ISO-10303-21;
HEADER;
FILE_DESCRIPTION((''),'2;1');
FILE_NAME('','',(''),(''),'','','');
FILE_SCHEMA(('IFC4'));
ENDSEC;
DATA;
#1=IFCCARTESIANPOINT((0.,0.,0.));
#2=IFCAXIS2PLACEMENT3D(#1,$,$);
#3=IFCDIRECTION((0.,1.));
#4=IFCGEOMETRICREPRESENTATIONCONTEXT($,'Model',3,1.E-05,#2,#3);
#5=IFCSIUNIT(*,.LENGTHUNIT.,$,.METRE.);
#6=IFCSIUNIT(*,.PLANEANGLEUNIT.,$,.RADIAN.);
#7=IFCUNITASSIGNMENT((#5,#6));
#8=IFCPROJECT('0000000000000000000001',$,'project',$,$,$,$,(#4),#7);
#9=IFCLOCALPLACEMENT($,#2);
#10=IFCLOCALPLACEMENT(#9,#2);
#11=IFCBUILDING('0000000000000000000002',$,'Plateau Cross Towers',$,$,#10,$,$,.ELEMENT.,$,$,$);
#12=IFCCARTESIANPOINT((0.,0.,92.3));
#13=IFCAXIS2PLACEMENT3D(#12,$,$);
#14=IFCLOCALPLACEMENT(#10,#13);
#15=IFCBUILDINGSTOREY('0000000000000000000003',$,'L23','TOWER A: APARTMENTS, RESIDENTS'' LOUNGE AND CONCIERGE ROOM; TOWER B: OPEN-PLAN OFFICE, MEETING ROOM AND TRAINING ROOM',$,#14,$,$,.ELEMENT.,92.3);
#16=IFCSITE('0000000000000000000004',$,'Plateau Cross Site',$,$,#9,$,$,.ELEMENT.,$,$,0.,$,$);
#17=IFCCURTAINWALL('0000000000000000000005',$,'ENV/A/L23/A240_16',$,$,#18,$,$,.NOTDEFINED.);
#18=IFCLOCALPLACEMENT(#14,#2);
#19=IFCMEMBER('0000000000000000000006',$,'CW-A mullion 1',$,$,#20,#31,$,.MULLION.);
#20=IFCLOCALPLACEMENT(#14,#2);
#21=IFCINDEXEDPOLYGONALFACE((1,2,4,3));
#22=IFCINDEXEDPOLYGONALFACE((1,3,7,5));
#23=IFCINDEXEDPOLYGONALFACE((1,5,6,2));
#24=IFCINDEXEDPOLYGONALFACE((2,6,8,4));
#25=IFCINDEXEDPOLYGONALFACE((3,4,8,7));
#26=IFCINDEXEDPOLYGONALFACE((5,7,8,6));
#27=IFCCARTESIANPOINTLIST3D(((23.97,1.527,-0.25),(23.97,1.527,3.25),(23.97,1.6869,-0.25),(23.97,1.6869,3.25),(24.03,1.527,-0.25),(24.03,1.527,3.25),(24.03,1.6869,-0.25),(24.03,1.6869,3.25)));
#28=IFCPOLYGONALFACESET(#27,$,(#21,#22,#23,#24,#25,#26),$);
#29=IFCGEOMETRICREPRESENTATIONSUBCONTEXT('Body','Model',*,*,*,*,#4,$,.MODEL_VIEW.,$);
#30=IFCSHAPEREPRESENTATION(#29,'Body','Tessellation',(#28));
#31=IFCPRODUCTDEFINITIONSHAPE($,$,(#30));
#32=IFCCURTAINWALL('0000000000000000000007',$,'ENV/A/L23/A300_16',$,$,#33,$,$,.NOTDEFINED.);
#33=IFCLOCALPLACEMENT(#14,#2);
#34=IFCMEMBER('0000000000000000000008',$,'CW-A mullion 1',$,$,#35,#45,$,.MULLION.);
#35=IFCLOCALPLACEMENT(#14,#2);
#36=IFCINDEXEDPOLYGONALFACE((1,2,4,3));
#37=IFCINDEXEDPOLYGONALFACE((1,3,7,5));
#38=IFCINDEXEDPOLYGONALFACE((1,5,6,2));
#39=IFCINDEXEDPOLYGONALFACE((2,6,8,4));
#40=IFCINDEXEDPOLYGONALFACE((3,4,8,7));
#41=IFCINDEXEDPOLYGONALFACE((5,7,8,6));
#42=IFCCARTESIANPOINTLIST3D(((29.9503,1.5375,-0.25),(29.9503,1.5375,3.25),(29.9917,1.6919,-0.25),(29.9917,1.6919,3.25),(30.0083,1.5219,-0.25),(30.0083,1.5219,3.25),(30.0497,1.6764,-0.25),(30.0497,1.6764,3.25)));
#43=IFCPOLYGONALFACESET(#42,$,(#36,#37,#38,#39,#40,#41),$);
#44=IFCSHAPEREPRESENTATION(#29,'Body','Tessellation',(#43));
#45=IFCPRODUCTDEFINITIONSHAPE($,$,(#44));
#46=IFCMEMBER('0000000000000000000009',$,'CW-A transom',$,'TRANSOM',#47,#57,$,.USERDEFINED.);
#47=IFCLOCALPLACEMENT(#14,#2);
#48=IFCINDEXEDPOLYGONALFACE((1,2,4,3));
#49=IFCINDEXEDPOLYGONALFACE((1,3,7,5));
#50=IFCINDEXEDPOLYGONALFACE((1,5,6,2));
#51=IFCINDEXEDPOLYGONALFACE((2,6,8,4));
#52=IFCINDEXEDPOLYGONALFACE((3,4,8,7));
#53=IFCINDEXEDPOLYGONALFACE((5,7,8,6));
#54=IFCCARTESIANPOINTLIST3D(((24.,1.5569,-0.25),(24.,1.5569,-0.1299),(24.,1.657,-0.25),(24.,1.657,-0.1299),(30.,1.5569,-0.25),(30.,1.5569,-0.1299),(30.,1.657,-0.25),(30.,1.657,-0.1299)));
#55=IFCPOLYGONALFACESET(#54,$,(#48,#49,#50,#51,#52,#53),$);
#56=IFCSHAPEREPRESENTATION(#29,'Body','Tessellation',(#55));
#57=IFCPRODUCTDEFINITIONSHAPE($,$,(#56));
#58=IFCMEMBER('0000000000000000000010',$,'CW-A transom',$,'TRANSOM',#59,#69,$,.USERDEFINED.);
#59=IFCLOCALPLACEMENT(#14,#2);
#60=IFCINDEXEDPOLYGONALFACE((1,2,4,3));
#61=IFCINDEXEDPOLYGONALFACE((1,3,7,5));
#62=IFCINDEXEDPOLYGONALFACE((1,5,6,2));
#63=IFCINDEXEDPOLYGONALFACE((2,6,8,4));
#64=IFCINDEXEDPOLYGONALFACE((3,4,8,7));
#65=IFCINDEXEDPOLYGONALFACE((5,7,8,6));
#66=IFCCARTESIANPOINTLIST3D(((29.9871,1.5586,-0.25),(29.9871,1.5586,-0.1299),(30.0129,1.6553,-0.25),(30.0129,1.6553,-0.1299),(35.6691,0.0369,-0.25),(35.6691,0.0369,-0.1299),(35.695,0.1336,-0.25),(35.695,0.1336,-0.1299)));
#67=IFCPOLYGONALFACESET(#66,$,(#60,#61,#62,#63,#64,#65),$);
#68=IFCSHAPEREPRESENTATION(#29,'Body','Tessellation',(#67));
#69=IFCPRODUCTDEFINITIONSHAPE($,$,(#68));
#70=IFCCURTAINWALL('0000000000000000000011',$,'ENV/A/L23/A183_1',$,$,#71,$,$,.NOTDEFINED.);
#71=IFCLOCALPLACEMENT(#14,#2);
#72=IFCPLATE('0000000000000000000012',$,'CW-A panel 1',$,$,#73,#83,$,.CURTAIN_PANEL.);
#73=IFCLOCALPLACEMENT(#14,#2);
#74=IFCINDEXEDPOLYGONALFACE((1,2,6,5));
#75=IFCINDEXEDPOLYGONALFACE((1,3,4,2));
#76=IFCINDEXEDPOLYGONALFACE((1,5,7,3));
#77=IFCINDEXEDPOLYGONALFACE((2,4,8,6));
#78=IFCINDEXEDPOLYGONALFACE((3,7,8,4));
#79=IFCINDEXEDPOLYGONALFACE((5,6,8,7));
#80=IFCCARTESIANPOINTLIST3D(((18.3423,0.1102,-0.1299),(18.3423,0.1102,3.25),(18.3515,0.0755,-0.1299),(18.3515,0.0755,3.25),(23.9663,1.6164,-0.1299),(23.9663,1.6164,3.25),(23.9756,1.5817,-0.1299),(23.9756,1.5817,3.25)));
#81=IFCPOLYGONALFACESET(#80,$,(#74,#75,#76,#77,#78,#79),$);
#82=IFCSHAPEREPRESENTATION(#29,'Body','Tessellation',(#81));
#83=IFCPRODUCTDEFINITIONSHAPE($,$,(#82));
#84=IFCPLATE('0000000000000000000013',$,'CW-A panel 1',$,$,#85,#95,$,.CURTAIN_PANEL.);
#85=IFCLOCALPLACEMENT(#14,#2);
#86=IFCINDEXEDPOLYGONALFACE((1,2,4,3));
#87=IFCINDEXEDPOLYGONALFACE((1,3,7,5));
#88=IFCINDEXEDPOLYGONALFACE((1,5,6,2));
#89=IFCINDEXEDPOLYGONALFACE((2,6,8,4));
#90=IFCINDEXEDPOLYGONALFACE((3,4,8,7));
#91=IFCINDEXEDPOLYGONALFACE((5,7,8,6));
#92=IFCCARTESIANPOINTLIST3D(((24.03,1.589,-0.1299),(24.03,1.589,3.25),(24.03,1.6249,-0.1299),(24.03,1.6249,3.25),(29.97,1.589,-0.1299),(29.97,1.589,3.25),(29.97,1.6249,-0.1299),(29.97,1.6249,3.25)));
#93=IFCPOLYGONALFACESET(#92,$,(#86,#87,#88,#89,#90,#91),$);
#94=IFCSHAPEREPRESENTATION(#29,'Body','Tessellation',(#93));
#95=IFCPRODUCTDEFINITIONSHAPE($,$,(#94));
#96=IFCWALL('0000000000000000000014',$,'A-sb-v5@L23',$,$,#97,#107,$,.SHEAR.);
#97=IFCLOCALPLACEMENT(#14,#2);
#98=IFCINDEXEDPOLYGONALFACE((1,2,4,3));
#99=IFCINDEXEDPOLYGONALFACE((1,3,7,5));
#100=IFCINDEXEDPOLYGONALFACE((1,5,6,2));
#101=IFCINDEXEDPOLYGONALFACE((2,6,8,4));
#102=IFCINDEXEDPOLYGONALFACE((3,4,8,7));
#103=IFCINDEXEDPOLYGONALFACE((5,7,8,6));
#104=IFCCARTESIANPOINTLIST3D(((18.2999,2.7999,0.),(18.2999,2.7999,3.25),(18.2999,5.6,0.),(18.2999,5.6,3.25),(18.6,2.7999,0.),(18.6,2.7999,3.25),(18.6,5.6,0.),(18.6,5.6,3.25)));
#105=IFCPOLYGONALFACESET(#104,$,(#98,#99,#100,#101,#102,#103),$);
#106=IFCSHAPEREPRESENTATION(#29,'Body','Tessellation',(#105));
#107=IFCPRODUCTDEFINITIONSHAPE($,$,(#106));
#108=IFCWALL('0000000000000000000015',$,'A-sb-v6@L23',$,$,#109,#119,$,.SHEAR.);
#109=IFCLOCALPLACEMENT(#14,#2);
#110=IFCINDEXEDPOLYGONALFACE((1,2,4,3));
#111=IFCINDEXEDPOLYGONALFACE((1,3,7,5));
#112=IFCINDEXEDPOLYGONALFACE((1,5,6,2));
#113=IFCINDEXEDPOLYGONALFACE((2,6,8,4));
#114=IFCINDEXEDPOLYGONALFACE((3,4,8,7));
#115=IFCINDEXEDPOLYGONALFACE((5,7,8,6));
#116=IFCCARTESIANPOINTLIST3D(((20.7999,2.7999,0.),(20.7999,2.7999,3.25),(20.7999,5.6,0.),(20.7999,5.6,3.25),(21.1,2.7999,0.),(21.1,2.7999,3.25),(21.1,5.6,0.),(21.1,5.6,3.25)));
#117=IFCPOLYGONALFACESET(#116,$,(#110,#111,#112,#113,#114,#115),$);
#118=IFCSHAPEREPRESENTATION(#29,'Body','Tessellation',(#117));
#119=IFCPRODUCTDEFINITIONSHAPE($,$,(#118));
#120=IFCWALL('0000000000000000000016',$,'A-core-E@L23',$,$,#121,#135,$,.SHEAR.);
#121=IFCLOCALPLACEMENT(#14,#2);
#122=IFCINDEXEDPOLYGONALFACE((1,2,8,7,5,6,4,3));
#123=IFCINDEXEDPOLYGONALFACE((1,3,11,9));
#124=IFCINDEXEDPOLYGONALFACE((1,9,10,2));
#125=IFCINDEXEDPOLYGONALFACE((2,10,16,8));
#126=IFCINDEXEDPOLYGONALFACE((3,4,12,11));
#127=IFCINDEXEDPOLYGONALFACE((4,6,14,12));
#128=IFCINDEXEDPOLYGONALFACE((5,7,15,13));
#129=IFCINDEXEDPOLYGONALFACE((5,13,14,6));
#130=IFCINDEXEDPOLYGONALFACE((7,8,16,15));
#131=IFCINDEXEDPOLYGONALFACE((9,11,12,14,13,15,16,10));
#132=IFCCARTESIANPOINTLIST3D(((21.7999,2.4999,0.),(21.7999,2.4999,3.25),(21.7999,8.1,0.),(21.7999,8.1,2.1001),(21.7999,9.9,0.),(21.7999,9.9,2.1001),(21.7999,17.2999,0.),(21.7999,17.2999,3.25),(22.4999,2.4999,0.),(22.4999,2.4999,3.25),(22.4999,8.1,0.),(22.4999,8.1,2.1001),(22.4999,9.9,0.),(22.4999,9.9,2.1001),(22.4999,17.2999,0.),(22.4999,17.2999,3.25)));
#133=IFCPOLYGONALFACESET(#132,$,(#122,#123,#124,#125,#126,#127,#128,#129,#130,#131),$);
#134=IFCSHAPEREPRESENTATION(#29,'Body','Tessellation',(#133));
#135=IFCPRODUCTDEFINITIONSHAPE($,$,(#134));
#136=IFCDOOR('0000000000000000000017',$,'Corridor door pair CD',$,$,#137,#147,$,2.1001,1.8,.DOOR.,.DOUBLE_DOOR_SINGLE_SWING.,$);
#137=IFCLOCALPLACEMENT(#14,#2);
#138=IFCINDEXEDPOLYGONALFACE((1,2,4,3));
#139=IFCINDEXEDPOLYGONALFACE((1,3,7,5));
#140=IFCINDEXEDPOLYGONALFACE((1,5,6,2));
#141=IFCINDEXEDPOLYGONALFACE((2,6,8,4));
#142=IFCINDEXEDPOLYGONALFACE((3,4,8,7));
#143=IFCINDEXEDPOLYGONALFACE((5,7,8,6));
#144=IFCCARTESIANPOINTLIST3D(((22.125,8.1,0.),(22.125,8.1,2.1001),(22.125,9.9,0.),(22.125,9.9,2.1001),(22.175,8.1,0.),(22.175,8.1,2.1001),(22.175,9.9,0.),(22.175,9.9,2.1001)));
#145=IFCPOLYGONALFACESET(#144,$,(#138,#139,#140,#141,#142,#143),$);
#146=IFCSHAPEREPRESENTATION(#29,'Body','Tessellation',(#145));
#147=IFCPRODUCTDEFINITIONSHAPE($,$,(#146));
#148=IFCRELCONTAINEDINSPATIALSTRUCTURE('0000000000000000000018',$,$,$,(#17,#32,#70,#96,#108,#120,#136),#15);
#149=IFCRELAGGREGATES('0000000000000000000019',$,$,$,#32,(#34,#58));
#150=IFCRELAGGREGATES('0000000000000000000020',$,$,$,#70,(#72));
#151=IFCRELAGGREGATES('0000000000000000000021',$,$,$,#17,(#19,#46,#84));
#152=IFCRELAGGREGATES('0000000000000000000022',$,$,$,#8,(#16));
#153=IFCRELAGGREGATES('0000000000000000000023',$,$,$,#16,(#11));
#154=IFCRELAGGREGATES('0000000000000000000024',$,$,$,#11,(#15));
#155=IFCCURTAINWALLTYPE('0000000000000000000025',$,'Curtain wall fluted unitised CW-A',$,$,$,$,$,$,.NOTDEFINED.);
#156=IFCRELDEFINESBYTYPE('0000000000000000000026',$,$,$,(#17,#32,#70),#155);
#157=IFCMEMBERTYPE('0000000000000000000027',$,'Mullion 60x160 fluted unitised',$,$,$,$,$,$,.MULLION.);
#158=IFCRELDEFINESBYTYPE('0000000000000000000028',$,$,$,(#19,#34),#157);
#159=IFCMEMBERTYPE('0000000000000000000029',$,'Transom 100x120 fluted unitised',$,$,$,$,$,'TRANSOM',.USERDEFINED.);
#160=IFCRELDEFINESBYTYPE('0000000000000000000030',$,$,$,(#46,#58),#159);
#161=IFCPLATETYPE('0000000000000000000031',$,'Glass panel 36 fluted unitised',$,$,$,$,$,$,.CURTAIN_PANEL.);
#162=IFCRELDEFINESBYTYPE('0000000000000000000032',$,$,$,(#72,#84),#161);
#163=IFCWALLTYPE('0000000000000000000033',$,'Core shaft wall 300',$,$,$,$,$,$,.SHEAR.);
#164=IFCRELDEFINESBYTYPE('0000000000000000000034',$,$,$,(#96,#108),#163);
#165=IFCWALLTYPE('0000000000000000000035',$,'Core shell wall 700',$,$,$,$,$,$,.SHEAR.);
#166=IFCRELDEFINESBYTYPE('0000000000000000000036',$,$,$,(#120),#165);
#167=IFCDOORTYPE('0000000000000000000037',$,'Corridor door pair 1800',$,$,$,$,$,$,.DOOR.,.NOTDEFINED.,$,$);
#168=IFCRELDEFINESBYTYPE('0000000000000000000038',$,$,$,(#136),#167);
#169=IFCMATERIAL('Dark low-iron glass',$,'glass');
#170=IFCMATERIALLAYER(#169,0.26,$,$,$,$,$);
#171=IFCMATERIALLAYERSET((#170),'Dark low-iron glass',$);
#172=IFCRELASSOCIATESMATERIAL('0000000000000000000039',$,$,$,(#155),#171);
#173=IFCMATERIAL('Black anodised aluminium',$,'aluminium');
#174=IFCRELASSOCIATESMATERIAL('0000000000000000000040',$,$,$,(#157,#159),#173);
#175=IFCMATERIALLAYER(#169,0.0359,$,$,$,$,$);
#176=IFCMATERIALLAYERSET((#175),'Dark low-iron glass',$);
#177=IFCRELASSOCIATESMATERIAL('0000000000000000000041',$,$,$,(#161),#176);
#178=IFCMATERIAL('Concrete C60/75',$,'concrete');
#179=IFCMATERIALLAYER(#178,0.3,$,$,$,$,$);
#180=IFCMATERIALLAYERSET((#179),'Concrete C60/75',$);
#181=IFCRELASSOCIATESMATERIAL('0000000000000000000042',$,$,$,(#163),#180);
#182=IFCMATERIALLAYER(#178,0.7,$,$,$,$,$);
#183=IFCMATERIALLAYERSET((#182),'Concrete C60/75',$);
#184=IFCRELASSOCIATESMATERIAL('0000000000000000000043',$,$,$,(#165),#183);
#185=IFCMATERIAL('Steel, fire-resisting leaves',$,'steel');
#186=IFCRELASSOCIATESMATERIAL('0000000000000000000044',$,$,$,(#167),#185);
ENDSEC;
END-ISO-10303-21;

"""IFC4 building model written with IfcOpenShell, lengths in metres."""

from ifc_helpers import new_model, si_unit, direction, frame, frame_2d, origin, origin_2d, place, context, subcontext, project, spatial, rectangle, extrude, material, layer, layer_set, material_profile, profile_set, type_object, element, fill, aggregate, save


model = new_model("IFC4")

# Units and contexts
model_context = context("Model", 3, precision=1e-05, world=origin(), true_north=direction((0.0, 1.0)))
body_context = subcontext(model_context, "Body", "Model", "MODEL_VIEW")
ifc_project = project(units=[si_unit("LENGTHUNIT", "METRE"), si_unit("PLANEANGLEUNIT", "RADIAN")], contexts=[model_context])

# Site, building, storey
site_placement = place(None, origin())
site = spatial("IfcSite", under=ifc_project, at=site_placement, Name="Plateau Cross Site", CompositionType="ELEMENT", RefElevation=0.0)
building_placement = place(site_placement, origin())
building = spatial("IfcBuilding", under=site, at=building_placement, Name="Plateau Cross Towers", CompositionType="ELEMENT")
storey_placement = place(building_placement, frame((0.0, 0.0, 92.3)))
storey = spatial("IfcBuildingStorey", under=building, at=storey_placement, Name="L23", Description="TOWER A: APARTMENTS, RESIDENTS' LOUNGE AND CONCIERGE ROOM; TOWER B: OPEN-PLAN OFFICE, MEETING ROOM AND TRAINING ROOM", CompositionType="ELEMENT", Elevation=92.3)

# Curtain walls, members
ifc_material_1 = material(Name="Dark low-iron glass", Category="glass")
ifc_layer_1 = layer(ifc_material_1, 0.26)
ifc_layer_set_1 = layer_set([ifc_layer_1], Name="Dark low-iron glass")
curtain_wall_type = type_object("IfcCurtainWallType", Name="Curtain wall fluted unitised CW-A", PredefinedType="NOTDEFINED", material=ifc_layer_set_1)
curtain_wall_1_placement = place(storey_placement, origin())
curtain_wall_1 = element("IfcCurtainWall", 1, at=curtain_wall_1_placement, inside=storey, type_object=curtain_wall_type, Name="ENV/A/L23/A240_16", PredefinedType="NOTDEFINED")
ifc_material_2 = material(Name="Black anodised aluminium", Category="aluminium")
ifc_material_profile_1 = material_profile(ifc_material_2, rectangle(XDim=0.0601, YDim=0.1599, at=origin_2d()), Name="MULLION 60x160")
ifc_profile_set_1 = profile_set([ifc_material_profile_1], Name="Black anodised aluminium")
member_type_1 = type_object("IfcMemberType", Name="Mullion 60x160 fluted unitised", PredefinedType="MULLION", material=ifc_profile_set_1)
member_1_placement = place(storey_placement, frame((24.0, 1.6069, -0.25), z_axis=(0.0, 0.0, 1.0), x_axis=(1.0, 0.0, 0.0)))
member_1 = element("IfcMember", 2, at=member_1_placement, type_object=member_type_1, Name="CW-A mullion 1", PredefinedType="MULLION", context=body_context, shape_type="SweptSolid", body=[
    extrude(rectangle(XDim=0.0601, YDim=0.1599, at=origin_2d()), origin(), (0.0, 0.0, 1.0), 3.5),
])
curtain_wall_2_placement = place(storey_placement, origin())
curtain_wall_2 = element("IfcCurtainWall", 3, at=curtain_wall_2_placement, inside=storey, type_object=curtain_wall_type, Name="ENV/A/L23/A300_16", PredefinedType="NOTDEFINED")
member_2_placement = place(storey_placement, frame((30.0, 1.6069, -0.25), z_axis=(0.0, 0.0, 1.0), x_axis=(0.965958, -0.258699, 0.0)))
member_2 = element("IfcMember", 4, at=member_2_placement, type_object=member_type_1, Name="CW-A mullion 1", PredefinedType="MULLION", context=body_context, shape_type="SweptSolid", body=[
    extrude(rectangle(XDim=0.0601, YDim=0.1599, at=origin_2d()), origin(), (0.0, 0.0, 1.0), 3.5),
])

# Members
ifc_material_profile_2 = material_profile(ifc_material_2, rectangle(XDim=0.1001, YDim=0.1201, at=origin_2d()), Name="TRANSOM 100x120")
ifc_profile_set_2 = profile_set([ifc_material_profile_2], Name="Black anodised aluminium")
member_type_2 = type_object("IfcMemberType", Name="Transom 100x120 fluted unitised", ElementType="TRANSOM", PredefinedType="USERDEFINED", material=ifc_profile_set_2)
member_3_placement = place(storey_placement, frame((24.0, 1.6069, -0.1899), z_axis=(1.0, 0.0, 0.0), x_axis=(0.0, 1.0, 0.0)))
member_3 = element("IfcMember", 5, at=member_3_placement, type_object=member_type_2, Name="CW-A transom", ObjectType="TRANSOM", PredefinedType="USERDEFINED", context=body_context, shape_type="SweptSolid", body=[
    extrude(rectangle(XDim=0.1001, YDim=0.1201, at=origin_2d()), origin(), (0.0, 0.0, 1.0), 6.0),
])
member_4_placement = place(storey_placement, frame((30.0, 1.6069, -0.1899), z_axis=(0.96596, -0.258693, 0.0), x_axis=(0.258693, 0.96596, 0.0)))
member_4 = element("IfcMember", 6, at=member_4_placement, type_object=member_type_2, Name="CW-A transom", ObjectType="TRANSOM", PredefinedType="USERDEFINED", context=body_context, shape_type="SweptSolid", body=[
    extrude(rectangle(XDim=0.1001, YDim=0.1201, at=origin_2d()), origin(), (0.0, 0.0, 1.0), 5.8823),
])
aggregate(curtain_wall_2, [member_2, member_4])

# Curtain wall, plate
curtain_wall_3_placement = place(storey_placement, origin())
curtain_wall_3 = element("IfcCurtainWall", 7, at=curtain_wall_3_placement, inside=storey, type_object=curtain_wall_type, Name="ENV/A/L23/A183_1", PredefinedType="NOTDEFINED")
ifc_layer_2 = layer(ifc_material_1, 0.0359)
ifc_layer_set_2 = layer_set([ifc_layer_2], Name="Dark low-iron glass")
plate_type = type_object("IfcPlateType", Name="Glass panel 36 fluted unitised", PredefinedType="CURTAIN_PANEL", material=ifc_layer_set_2)
plate_1_placement = place(storey_placement, frame((21.1589, 0.8459, -0.1299), z_axis=(0.0, 0.0, 1.0), x_axis=(0.965958, 0.258699, 0.0)))
plate_1 = element("IfcPlate", 8, at=plate_1_placement, type_object=plate_type, Name="CW-A panel 1", PredefinedType="CURTAIN_PANEL", context=body_context, shape_type="SweptSolid", body=[
    extrude(rectangle(XDim=5.8223, YDim=0.0359, at=origin_2d()), origin(), (0.0, 0.0, 1.0), 3.3799),
])
aggregate(curtain_wall_3, [plate_1])

# Plate
plate_2_placement = place(storey_placement, frame((27.0, 1.6069, -0.1299), z_axis=(0.0, 0.0, 1.0), x_axis=(1.0, 0.0, 0.0)))
plate_2 = element("IfcPlate", 9, at=plate_2_placement, type_object=plate_type, Name="CW-A panel 1", PredefinedType="CURTAIN_PANEL", context=body_context, shape_type="SweptSolid", body=[
    extrude(rectangle(XDim=5.9399, YDim=0.0359, at=origin_2d()), origin(), (0.0, 0.0, 1.0), 3.3799),
])
aggregate(curtain_wall_1, [member_1, member_3, plate_2])

# Walls
ifc_material_3 = material(Name="Concrete C60/75", Category="concrete")
ifc_layer_3 = layer(ifc_material_3, 0.3)
ifc_layer_set_3 = layer_set([ifc_layer_3], Name="Concrete C60/75")
wall_type_1 = type_object("IfcWallType", Name="Core shaft wall 300", PredefinedType="SHEAR", material=ifc_layer_set_3)
for number, where, z_axis, x_axis, name in (
    (10, (18.45, 2.8, 0.0), (0.0, 0.0, 1.0), (0.0, 1.0, 0.0), "A-sb-v5@L23"),
    (11, (20.95, 2.8, 0.0), (0.0, 0.0, 1.0), (0.0, 1.0, 0.0), "A-sb-v6@L23"),
):
    element("IfcWall", number, at=place(storey_placement, frame(where, z_axis=z_axis, x_axis=x_axis)), inside=storey, type_object=wall_type_1, Name=name, PredefinedType="SHEAR", context=body_context, shape_type="SweptSolid", body=[
        extrude(rectangle(XDim=2.8, YDim=0.3, at=frame_2d((1.3999, 0.0))), origin(), (0.0, 0.0, 1.0), 3.25),
    ])

# Wall, opening, door
ifc_layer_4 = layer(ifc_material_3, 0.7)
ifc_layer_set_4 = layer_set([ifc_layer_4], Name="Concrete C60/75")
wall_type_2 = type_object("IfcWallType", Name="Core shell wall 700", PredefinedType="SHEAR", material=ifc_layer_set_4)
wall_1_placement = place(storey_placement, frame((22.1499, 2.5, 0.0), z_axis=(0.0, 0.0, 1.0), x_axis=(0.0, 1.0, 0.0)))
wall_1 = element("IfcWall", 12, at=wall_1_placement, inside=storey, type_object=wall_type_2, Name="A-core-E@L23", PredefinedType="SHEAR", context=body_context, shape_type="SweptSolid", body=[
    extrude(rectangle(XDim=14.8, YDim=0.7, at=frame_2d((7.3999, 0.0))), origin(), (0.0, 0.0, 1.0), 3.25),
])
opening_1_placement = place(wall_1_placement, frame((5.6001, 0.0, 0.0)))
opening_1 = element("IfcOpeningElement", 13, at=opening_1_placement, cuts=wall_1, PredefinedType="OPENING", context=body_context, shape_type="SweptSolid", body=[
    extrude(rectangle(XDim=1.8, YDim=2.1001, at=frame_2d((0.8999, 1.05))), frame((0.0, 0.3599, 0.0), z_axis=(0.0, -1.0, 0.0), x_axis=(1.0, 0.0, 0.0)), (0.0, 0.0, 1.0), 0.72),
])
ifc_material_4 = material(Name="Steel, fire-resisting leaves", Category="steel")
door_type_1 = type_object("IfcDoorType", Name="Corridor door pair 1800", OperationType="NOTDEFINED", PredefinedType="DOOR", material=ifc_material_4)
door_1_placement = place(opening_1_placement, origin())
door_1 = element("IfcDoor", 14, at=door_1_placement, inside=storey, type_object=door_type_1, Name="Corridor door pair CD", OperationType="DOUBLE_DOOR_SINGLE_SWING", OverallHeight=2.1001, OverallWidth=1.8, PredefinedType="DOOR", context=body_context, shape_type="SweptSolid", body=[
    extrude(rectangle(XDim=1.8, YDim=2.1001, at=frame_2d((0.8999, 1.05))), frame((0.0, 0.0249, 0.0), z_axis=(0.0, -1.0, 0.0), x_axis=(1.0, 0.0, 0.0)), (0.0, 0.0, 1.0), 0.05),
])
fill(opening_1, door_1)

save(model, "model.ifc")
